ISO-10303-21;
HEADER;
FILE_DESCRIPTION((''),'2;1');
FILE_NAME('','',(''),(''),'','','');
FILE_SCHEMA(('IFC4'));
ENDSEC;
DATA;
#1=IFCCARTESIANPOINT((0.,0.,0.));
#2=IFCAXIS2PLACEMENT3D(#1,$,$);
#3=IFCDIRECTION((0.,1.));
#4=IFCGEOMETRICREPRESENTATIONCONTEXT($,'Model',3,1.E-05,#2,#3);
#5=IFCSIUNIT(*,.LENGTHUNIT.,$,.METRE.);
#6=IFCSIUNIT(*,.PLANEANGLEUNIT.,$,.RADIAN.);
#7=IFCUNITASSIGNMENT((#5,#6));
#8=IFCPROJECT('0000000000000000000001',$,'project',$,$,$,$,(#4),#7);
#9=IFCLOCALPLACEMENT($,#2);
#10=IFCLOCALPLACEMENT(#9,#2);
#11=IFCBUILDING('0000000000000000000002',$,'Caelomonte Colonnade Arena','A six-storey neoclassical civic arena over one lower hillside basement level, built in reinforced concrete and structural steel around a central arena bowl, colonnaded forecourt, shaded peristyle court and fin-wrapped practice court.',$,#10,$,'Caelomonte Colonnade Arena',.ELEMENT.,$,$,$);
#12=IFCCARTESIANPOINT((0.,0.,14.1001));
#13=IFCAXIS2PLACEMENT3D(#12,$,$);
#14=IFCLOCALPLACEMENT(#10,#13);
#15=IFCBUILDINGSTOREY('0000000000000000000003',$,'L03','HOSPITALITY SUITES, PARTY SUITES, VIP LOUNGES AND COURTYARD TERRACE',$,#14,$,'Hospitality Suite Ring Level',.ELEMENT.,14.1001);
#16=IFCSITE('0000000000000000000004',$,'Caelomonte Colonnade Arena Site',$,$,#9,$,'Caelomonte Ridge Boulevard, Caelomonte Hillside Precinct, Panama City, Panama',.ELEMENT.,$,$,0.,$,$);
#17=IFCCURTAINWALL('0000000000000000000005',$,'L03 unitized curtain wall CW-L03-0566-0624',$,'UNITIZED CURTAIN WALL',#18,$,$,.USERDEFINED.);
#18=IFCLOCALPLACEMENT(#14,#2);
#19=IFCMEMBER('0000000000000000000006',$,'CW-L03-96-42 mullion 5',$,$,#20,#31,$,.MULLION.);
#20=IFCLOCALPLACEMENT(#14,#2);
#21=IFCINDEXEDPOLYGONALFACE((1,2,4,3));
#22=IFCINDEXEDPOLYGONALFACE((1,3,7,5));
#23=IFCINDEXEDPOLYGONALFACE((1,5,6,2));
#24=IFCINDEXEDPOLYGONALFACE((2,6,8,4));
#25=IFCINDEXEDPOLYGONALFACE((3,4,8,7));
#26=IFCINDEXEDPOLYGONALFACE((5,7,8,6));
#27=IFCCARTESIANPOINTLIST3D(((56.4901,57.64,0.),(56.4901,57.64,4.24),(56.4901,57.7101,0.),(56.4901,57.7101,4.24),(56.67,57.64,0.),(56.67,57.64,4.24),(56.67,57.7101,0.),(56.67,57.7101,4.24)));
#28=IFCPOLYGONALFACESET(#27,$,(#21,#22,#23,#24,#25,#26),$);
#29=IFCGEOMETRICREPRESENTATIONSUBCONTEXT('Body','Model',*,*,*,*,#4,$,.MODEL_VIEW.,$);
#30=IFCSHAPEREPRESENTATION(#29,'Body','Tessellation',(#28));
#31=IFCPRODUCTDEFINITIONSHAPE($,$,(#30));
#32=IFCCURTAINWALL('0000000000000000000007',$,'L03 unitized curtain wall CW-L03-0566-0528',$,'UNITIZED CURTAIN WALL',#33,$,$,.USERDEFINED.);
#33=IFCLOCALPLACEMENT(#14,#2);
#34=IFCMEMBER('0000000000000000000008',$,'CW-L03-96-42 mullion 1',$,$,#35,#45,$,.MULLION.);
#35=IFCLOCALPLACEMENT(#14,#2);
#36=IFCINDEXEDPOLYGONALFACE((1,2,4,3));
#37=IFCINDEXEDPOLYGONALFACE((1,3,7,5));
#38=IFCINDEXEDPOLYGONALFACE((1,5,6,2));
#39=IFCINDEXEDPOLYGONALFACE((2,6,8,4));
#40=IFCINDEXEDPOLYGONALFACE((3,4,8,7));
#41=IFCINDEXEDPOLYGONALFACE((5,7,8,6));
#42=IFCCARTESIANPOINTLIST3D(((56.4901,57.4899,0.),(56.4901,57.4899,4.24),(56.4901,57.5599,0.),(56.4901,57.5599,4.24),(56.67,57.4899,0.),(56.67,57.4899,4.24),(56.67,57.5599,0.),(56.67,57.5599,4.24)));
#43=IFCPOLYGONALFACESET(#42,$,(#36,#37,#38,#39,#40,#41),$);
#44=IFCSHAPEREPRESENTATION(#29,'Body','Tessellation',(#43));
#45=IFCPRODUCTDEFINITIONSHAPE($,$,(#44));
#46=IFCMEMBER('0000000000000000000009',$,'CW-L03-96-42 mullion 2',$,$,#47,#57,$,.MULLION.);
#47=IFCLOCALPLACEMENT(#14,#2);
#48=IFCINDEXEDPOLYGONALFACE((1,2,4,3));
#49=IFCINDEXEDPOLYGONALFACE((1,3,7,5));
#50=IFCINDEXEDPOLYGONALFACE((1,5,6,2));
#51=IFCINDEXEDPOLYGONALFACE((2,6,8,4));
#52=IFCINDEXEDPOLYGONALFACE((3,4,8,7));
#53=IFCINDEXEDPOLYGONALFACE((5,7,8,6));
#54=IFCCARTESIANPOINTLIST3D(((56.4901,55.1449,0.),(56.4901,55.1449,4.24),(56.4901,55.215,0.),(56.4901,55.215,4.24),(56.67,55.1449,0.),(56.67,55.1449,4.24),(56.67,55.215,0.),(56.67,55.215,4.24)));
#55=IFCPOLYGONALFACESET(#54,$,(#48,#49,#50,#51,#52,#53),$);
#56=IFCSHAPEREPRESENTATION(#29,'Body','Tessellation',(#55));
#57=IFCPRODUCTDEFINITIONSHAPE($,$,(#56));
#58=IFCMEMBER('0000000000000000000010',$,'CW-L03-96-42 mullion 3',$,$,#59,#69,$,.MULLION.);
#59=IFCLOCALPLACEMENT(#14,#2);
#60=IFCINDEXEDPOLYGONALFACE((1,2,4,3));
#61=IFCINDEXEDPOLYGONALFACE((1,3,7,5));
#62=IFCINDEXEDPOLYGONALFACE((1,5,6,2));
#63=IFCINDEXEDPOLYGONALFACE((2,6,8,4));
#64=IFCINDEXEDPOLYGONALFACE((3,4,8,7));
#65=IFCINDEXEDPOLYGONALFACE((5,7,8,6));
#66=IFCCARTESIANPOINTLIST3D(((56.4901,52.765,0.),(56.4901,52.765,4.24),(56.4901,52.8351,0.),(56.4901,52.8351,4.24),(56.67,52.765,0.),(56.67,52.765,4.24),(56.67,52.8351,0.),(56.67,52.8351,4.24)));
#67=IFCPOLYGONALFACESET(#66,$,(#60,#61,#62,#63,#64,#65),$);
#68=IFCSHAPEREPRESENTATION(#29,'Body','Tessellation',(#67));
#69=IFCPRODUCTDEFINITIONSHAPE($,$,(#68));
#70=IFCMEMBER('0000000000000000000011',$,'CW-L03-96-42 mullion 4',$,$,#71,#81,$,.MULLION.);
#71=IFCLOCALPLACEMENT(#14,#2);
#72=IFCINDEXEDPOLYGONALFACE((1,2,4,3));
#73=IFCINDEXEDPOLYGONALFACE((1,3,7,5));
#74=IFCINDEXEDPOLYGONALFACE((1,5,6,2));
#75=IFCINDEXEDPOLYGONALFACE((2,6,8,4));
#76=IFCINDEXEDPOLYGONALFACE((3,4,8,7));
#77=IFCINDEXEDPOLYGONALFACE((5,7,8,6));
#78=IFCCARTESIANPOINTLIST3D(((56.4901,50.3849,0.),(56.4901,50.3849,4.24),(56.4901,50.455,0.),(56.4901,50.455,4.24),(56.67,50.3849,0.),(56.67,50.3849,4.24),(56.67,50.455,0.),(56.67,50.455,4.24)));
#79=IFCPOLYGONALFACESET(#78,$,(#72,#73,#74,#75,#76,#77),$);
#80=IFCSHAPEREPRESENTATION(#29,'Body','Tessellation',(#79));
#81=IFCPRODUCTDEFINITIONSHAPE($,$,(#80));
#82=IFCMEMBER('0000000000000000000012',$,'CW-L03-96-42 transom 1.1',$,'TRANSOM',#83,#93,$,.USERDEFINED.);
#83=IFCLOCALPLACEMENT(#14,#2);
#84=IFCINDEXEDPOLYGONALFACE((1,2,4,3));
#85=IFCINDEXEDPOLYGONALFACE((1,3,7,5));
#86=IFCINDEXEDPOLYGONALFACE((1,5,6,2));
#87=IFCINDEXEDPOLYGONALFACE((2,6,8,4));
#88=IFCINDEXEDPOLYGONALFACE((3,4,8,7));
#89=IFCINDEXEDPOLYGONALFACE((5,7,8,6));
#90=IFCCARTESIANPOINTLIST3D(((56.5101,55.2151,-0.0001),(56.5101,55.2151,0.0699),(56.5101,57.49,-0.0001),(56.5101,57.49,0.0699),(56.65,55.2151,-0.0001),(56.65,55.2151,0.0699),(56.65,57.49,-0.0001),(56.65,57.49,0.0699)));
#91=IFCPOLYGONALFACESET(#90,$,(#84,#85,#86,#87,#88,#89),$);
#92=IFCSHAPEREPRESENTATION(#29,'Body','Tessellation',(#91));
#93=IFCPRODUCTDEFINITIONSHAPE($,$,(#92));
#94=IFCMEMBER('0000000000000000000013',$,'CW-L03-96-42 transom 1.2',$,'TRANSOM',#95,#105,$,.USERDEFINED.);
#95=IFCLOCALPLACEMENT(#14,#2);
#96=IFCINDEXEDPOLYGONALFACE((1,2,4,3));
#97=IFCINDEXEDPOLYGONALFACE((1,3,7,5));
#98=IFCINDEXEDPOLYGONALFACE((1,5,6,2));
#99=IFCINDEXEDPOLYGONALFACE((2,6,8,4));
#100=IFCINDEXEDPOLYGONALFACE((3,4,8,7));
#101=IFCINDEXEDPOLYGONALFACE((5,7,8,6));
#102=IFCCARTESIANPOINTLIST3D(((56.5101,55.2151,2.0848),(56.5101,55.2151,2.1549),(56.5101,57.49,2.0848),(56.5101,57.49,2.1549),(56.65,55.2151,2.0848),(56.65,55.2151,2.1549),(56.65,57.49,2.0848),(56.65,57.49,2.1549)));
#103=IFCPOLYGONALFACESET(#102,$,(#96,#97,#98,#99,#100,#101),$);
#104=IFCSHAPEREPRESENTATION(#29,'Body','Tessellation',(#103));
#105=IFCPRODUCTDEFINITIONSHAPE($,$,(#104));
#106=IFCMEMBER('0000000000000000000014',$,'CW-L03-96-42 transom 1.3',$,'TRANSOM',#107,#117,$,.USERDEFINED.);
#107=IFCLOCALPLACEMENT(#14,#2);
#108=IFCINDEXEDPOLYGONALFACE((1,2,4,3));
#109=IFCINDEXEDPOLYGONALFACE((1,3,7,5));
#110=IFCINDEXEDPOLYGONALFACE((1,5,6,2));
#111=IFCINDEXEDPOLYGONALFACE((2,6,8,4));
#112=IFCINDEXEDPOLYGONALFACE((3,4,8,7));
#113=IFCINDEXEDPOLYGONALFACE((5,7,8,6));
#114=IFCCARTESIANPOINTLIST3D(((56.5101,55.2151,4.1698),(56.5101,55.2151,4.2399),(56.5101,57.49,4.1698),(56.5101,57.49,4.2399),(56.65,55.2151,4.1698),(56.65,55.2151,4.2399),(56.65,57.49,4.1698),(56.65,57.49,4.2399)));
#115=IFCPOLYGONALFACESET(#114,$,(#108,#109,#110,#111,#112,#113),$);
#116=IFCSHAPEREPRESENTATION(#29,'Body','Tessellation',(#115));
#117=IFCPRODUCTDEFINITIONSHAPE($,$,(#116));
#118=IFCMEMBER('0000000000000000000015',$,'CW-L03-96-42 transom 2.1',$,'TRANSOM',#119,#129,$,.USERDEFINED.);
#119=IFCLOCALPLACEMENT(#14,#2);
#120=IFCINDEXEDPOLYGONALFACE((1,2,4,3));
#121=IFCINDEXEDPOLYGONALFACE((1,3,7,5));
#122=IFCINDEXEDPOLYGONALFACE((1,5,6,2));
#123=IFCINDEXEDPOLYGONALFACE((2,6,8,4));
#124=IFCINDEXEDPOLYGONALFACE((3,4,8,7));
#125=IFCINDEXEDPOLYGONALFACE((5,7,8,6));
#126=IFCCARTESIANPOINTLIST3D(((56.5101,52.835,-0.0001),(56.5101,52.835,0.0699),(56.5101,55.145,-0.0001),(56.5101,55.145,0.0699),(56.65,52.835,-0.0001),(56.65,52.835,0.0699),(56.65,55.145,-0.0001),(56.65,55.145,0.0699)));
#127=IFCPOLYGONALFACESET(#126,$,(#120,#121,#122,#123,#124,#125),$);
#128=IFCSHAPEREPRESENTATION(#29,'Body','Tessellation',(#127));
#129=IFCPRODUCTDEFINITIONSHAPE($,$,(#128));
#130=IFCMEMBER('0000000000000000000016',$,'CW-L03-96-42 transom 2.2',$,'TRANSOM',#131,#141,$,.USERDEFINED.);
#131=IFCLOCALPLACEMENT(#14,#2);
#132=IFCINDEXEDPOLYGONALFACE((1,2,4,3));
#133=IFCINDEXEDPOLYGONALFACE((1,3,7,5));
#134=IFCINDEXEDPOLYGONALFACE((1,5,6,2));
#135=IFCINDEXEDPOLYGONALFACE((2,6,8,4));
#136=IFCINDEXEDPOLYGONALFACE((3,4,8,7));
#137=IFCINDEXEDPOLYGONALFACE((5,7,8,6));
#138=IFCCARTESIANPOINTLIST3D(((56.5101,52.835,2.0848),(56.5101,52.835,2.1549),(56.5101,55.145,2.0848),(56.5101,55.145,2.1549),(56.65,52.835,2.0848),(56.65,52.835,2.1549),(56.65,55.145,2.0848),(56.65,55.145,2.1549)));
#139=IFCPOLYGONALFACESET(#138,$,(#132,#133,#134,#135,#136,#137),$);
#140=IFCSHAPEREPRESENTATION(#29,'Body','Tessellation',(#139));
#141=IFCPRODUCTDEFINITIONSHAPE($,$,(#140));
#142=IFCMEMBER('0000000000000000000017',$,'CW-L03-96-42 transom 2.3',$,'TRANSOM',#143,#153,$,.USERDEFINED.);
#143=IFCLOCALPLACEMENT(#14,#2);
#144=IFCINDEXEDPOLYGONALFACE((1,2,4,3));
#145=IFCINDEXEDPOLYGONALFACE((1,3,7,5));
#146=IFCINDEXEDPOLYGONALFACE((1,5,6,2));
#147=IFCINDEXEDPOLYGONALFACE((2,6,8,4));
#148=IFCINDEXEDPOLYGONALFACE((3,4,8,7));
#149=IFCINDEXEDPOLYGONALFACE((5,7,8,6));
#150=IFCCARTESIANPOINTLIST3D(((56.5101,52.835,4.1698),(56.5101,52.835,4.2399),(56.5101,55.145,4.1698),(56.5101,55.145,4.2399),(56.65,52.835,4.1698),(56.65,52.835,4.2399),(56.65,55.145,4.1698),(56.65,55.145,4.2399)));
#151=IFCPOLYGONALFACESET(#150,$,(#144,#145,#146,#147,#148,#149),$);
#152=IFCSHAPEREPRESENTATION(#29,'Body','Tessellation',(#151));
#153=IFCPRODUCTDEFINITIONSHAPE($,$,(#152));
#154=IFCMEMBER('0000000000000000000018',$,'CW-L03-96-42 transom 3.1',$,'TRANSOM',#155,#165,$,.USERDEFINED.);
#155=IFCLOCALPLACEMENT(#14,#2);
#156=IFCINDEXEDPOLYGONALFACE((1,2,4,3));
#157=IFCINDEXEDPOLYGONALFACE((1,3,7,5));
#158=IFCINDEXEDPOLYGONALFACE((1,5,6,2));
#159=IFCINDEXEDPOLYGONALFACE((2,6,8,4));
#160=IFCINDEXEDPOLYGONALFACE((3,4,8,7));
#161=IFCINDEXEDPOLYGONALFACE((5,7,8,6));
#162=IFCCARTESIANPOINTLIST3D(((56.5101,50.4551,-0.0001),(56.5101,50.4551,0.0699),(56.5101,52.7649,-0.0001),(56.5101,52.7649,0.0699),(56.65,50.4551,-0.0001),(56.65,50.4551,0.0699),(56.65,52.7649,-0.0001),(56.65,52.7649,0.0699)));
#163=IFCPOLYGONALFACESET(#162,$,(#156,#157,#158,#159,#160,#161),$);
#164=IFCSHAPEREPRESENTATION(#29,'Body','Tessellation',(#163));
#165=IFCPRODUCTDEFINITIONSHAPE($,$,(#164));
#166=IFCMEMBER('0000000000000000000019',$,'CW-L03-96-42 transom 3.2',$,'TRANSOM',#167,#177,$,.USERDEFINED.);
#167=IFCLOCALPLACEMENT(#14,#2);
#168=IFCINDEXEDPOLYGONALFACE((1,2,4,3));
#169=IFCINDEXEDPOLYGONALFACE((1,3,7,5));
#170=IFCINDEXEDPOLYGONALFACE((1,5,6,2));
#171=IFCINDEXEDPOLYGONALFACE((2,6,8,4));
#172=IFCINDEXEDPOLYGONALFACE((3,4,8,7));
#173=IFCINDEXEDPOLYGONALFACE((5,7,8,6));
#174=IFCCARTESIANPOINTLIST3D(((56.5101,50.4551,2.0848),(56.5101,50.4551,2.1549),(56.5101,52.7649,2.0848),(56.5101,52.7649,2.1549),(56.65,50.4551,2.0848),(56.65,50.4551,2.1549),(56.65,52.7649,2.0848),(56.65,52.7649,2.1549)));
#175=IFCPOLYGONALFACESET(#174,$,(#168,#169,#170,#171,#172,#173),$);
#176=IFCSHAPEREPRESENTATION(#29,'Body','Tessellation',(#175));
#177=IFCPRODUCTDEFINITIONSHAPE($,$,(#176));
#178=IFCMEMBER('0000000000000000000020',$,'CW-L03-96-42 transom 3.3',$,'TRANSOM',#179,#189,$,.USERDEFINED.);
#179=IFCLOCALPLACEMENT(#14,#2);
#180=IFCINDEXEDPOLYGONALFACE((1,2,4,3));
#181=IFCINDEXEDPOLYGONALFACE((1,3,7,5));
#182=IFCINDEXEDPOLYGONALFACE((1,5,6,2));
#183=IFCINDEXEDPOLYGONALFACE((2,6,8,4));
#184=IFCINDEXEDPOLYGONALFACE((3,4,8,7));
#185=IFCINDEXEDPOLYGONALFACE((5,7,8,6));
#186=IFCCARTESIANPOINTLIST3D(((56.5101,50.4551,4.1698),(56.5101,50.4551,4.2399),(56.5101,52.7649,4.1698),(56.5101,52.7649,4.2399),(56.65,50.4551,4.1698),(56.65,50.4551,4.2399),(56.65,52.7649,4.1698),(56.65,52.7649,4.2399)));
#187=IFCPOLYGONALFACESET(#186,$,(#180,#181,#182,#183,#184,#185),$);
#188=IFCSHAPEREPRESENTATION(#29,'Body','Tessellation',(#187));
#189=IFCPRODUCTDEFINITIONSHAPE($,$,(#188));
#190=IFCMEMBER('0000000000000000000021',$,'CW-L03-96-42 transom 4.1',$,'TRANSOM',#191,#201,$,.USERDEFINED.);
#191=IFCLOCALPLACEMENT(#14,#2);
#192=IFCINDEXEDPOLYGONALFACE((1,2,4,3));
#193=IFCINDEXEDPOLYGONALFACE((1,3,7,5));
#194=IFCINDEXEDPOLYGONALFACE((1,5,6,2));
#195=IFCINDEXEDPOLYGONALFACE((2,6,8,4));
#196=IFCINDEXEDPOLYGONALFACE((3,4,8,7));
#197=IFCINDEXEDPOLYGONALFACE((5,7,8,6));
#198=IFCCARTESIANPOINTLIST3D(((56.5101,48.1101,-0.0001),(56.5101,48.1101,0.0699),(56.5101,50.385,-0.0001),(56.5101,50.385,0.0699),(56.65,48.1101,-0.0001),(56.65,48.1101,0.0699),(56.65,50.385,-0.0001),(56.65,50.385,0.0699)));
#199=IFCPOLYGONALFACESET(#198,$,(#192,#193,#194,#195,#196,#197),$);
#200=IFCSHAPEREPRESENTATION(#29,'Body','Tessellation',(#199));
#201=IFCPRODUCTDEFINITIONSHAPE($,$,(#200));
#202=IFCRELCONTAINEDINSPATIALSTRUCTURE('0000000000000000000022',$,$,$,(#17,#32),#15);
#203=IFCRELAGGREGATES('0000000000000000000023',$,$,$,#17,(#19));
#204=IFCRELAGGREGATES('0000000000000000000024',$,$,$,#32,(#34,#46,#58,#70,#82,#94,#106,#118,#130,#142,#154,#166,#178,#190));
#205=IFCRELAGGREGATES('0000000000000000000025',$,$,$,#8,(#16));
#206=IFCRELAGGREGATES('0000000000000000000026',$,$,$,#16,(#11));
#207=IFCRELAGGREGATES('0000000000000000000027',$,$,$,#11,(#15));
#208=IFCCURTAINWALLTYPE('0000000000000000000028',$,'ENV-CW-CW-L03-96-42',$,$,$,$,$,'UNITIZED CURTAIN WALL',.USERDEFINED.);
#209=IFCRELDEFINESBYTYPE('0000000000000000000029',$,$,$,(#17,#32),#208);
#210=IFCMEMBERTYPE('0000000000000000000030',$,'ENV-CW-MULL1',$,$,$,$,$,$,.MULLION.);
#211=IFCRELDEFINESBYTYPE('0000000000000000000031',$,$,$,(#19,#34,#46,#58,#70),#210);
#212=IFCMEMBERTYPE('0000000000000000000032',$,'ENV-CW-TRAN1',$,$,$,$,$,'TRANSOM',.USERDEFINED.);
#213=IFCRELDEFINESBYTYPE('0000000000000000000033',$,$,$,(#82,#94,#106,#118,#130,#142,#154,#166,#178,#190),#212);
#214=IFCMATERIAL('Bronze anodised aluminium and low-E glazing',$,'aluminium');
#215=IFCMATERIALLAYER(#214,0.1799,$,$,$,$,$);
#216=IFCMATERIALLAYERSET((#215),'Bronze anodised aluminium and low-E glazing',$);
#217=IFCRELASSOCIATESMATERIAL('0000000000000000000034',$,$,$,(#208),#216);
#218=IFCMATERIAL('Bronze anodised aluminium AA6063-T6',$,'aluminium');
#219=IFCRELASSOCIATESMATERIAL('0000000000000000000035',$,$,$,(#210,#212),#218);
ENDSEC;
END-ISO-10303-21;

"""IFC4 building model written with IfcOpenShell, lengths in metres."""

from ifc_helpers import new_model, si_unit, direction, frame, origin, origin_2d, place, context, subcontext, project, spatial, rectangle, extrude, material, layer, layer_set, material_profile, profile_set, type_object, element, aggregate, save


model = new_model("IFC4")

# Units and contexts
model_context = context("Model", 3, precision=1e-05, world=origin(), true_north=direction((0.0, 1.0)))
body_context = subcontext(model_context, "Body", "Model", "MODEL_VIEW")
ifc_project = project(units=[si_unit("LENGTHUNIT", "METRE"), si_unit("PLANEANGLEUNIT", "RADIAN")], contexts=[model_context])

# Site, building, storey
site_placement = place(None, origin())
site = spatial("IfcSite", under=ifc_project, at=site_placement, Name="Caelomonte Colonnade Arena Site", LongName="Caelomonte Ridge Boulevard, Caelomonte Hillside Precinct, Panama City, Panama", CompositionType="ELEMENT", RefElevation=0.0)
building_placement = place(site_placement, origin())
building = spatial("IfcBuilding", under=site, at=building_placement, Name="Caelomonte Colonnade Arena", Description="A six-storey neoclassical civic arena over one lower hillside basement level, built in reinforced concrete and structural steel around a central arena bowl, colonnaded forecourt, shaded peristyle court and fin-wrapped practice court.", LongName="Caelomonte Colonnade Arena", CompositionType="ELEMENT")
storey_placement = place(building_placement, frame((0.0, 0.0, 14.1001)))
storey = spatial("IfcBuildingStorey", under=building, at=storey_placement, Name="L03", Description="HOSPITALITY SUITES, PARTY SUITES, VIP LOUNGES AND COURTYARD TERRACE", LongName="Hospitality Suite Ring Level", CompositionType="ELEMENT", Elevation=14.1001)

# Curtain wall, member
ifc_material_1 = material(Name="Bronze anodised aluminium and low-E glazing", Category="aluminium")
ifc_layer_1 = layer(ifc_material_1, 0.1799)
ifc_layer_set_1 = layer_set([ifc_layer_1], Name="Bronze anodised aluminium and low-E glazing")
curtain_wall_type = type_object("IfcCurtainWallType", Name="ENV-CW-CW-L03-96-42", ElementType="UNITIZED CURTAIN WALL", PredefinedType="USERDEFINED", material=ifc_layer_set_1)
curtain_wall_1_placement = place(storey_placement, origin())
curtain_wall_1 = element("IfcCurtainWall", 1, at=curtain_wall_1_placement, inside=storey, type_object=curtain_wall_type, Name="L03 unitized curtain wall CW-L03-0566-0624", ObjectType="UNITIZED CURTAIN WALL", PredefinedType="USERDEFINED")
ifc_material_2 = material(Name="Bronze anodised aluminium AA6063-T6", Category="aluminium")
ifc_material_profile_1 = material_profile(ifc_material_2, rectangle(XDim=0.0701, YDim=0.1799, at=origin_2d()), Name="CWM-70X180")
ifc_profile_set_1 = profile_set([ifc_material_profile_1], Name="Bronze anodised aluminium AA6063-T6")
member_type_1 = type_object("IfcMemberType", Name="ENV-CW-MULL1", PredefinedType="MULLION", material=ifc_profile_set_1)
member_1_placement = place(storey_placement, frame((56.5801, 57.675, 0.0), z_axis=(0.0, 0.0, 1.0), x_axis=(0.0, -1.0, 0.0)))
member_1 = element("IfcMember", 2, at=member_1_placement, type_object=member_type_1, Name="CW-L03-96-42 mullion 5", PredefinedType="MULLION", context=body_context, shape_type="SweptSolid", body=[
    extrude(rectangle(XDim=0.0701, YDim=0.1799, at=origin_2d()), origin(), (0.0, 0.0, 1.0), 4.24),
])
aggregate(curtain_wall_1, [member_1])

# Curtain wall, members
curtain_wall_2_placement = place(storey_placement, origin())
curtain_wall_2 = element("IfcCurtainWall", 3, at=curtain_wall_2_placement, inside=storey, type_object=curtain_wall_type, Name="L03 unitized curtain wall CW-L03-0566-0528", ObjectType="UNITIZED CURTAIN WALL", PredefinedType="USERDEFINED")
member_2_placement = place(storey_placement, frame((56.5801, 57.5249, 0.0), z_axis=(0.0, 0.0, 1.0), x_axis=(0.0, -1.0, 0.0)))
member_2 = element("IfcMember", 4, at=member_2_placement, type_object=member_type_1, Name="CW-L03-96-42 mullion 1", PredefinedType="MULLION", context=body_context, shape_type="SweptSolid", body=[
    extrude(rectangle(XDim=0.0701, YDim=0.1799, at=origin_2d()), origin(), (0.0, 0.0, 1.0), 4.24),
])
member_3_placement = place(storey_placement, frame((56.5801, 55.1799, 0.0), z_axis=(0.0, 0.0, 1.0), x_axis=(0.0, -1.0, 0.0)))
member_3 = element("IfcMember", 5, at=member_3_placement, type_object=member_type_1, Name="CW-L03-96-42 mullion 2", PredefinedType="MULLION", context=body_context, shape_type="SweptSolid", body=[
    extrude(rectangle(XDim=0.0701, YDim=0.1799, at=origin_2d()), origin(), (0.0, 0.0, 1.0), 4.24),
])
member_4_placement = place(storey_placement, frame((56.5801, 52.8, 0.0), z_axis=(0.0, 0.0, 1.0), x_axis=(0.0, -1.0, 0.0)))
member_4 = element("IfcMember", 6, at=member_4_placement, type_object=member_type_1, Name="CW-L03-96-42 mullion 3", PredefinedType="MULLION", context=body_context, shape_type="SweptSolid", body=[
    extrude(rectangle(XDim=0.0701, YDim=0.1799, at=origin_2d()), origin(), (0.0, 0.0, 1.0), 4.24),
])
member_5_placement = place(storey_placement, frame((56.5801, 50.4199, 0.0), z_axis=(0.0, 0.0, 1.0), x_axis=(0.0, -1.0, 0.0)))
member_5 = element("IfcMember", 7, at=member_5_placement, type_object=member_type_1, Name="CW-L03-96-42 mullion 4", PredefinedType="MULLION", context=body_context, shape_type="SweptSolid", body=[
    extrude(rectangle(XDim=0.0701, YDim=0.1799, at=origin_2d()), origin(), (0.0, 0.0, 1.0), 4.24),
])
ifc_material_profile_2 = material_profile(ifc_material_2, rectangle(XDim=0.0701, YDim=0.1399, at=origin_2d()), Name="CWT-70X140")
ifc_profile_set_2 = profile_set([ifc_material_profile_2], Name="Bronze anodised aluminium AA6063-T6")
member_type_2 = type_object("IfcMemberType", Name="ENV-CW-TRAN1", ElementType="TRANSOM", PredefinedType="USERDEFINED", material=ifc_profile_set_2)
member_6_placement = place(storey_placement, frame((56.5801, 57.49, 0.0349), z_axis=(0.0, -1.0, 0.0), x_axis=(0.0, 0.0, 1.0)))
member_6 = element("IfcMember", 8, at=member_6_placement, type_object=member_type_2, Name="CW-L03-96-42 transom 1.1", ObjectType="TRANSOM", PredefinedType="USERDEFINED", context=body_context, shape_type="SweptSolid", body=[
    extrude(rectangle(XDim=0.0701, YDim=0.1399, at=origin_2d()), origin(), (0.0, 0.0, 1.0), 2.2749),
])
member_7_placement = place(storey_placement, frame((56.5801, 57.49, 2.1199), z_axis=(0.0, -1.0, 0.0), x_axis=(0.0, 0.0, 1.0)))
member_7 = element("IfcMember", 9, at=member_7_placement, type_object=member_type_2, Name="CW-L03-96-42 transom 1.2", ObjectType="TRANSOM", PredefinedType="USERDEFINED", context=body_context, shape_type="SweptSolid", body=[
    extrude(rectangle(XDim=0.0701, YDim=0.1399, at=origin_2d()), origin(), (0.0, 0.0, 1.0), 2.2749),
])
member_8_placement = place(storey_placement, frame((56.5801, 57.49, 4.2048), z_axis=(0.0, -1.0, 0.0), x_axis=(0.0, 0.0, 1.0)))
member_8 = element("IfcMember", 10, at=member_8_placement, type_object=member_type_2, Name="CW-L03-96-42 transom 1.3", ObjectType="TRANSOM", PredefinedType="USERDEFINED", context=body_context, shape_type="SweptSolid", body=[
    extrude(rectangle(XDim=0.0701, YDim=0.1399, at=origin_2d()), origin(), (0.0, 0.0, 1.0), 2.2749),
])
member_9_placement = place(storey_placement, frame((56.5801, 55.145, 0.0349), z_axis=(0.0, -1.0, 0.0), x_axis=(0.0, 0.0, 1.0)))
member_9 = element("IfcMember", 11, at=member_9_placement, type_object=member_type_2, Name="CW-L03-96-42 transom 2.1", ObjectType="TRANSOM", PredefinedType="USERDEFINED", context=body_context, shape_type="SweptSolid", body=[
    extrude(rectangle(XDim=0.0701, YDim=0.1399, at=origin_2d()), origin(), (0.0, 0.0, 1.0), 2.3101),
])
member_10_placement = place(storey_placement, frame((56.5801, 55.145, 2.1199), z_axis=(0.0, -1.0, 0.0), x_axis=(0.0, 0.0, 1.0)))
member_10 = element("IfcMember", 12, at=member_10_placement, type_object=member_type_2, Name="CW-L03-96-42 transom 2.2", ObjectType="TRANSOM", PredefinedType="USERDEFINED", context=body_context, shape_type="SweptSolid", body=[
    extrude(rectangle(XDim=0.0701, YDim=0.1399, at=origin_2d()), origin(), (0.0, 0.0, 1.0), 2.3101),
])
member_11_placement = place(storey_placement, frame((56.5801, 55.145, 4.2048), z_axis=(0.0, -1.0, 0.0), x_axis=(0.0, 0.0, 1.0)))
member_11 = element("IfcMember", 13, at=member_11_placement, type_object=member_type_2, Name="CW-L03-96-42 transom 2.3", ObjectType="TRANSOM", PredefinedType="USERDEFINED", context=body_context, shape_type="SweptSolid", body=[
    extrude(rectangle(XDim=0.0701, YDim=0.1399, at=origin_2d()), origin(), (0.0, 0.0, 1.0), 2.3101),
])
member_12_placement = place(storey_placement, frame((56.5801, 52.7649, 0.0349), z_axis=(0.0, -1.0, 0.0), x_axis=(0.0, 0.0, 1.0)))
member_12 = element("IfcMember", 14, at=member_12_placement, type_object=member_type_2, Name="CW-L03-96-42 transom 3.1", ObjectType="TRANSOM", PredefinedType="USERDEFINED", context=body_context, shape_type="SweptSolid", body=[
    extrude(rectangle(XDim=0.0701, YDim=0.1399, at=origin_2d()), origin(), (0.0, 0.0, 1.0), 2.3098),
])
member_13_placement = place(storey_placement, frame((56.5801, 52.7649, 2.1199), z_axis=(0.0, -1.0, 0.0), x_axis=(0.0, 0.0, 1.0)))
member_13 = element("IfcMember", 15, at=member_13_placement, type_object=member_type_2, Name="CW-L03-96-42 transom 3.2", ObjectType="TRANSOM", PredefinedType="USERDEFINED", context=body_context, shape_type="SweptSolid", body=[
    extrude(rectangle(XDim=0.0701, YDim=0.1399, at=origin_2d()), origin(), (0.0, 0.0, 1.0), 2.3098),
])
member_14_placement = place(storey_placement, frame((56.5801, 52.7649, 4.2048), z_axis=(0.0, -1.0, 0.0), x_axis=(0.0, 0.0, 1.0)))
member_14 = element("IfcMember", 16, at=member_14_placement, type_object=member_type_2, Name="CW-L03-96-42 transom 3.3", ObjectType="TRANSOM", PredefinedType="USERDEFINED", context=body_context, shape_type="SweptSolid", body=[
    extrude(rectangle(XDim=0.0701, YDim=0.1399, at=origin_2d()), origin(), (0.0, 0.0, 1.0), 2.3098),
])
member_15_placement = place(storey_placement, frame((56.5801, 50.385, 0.0349), z_axis=(0.0, -1.0, 0.0), x_axis=(0.0, 0.0, 1.0)))
member_15 = element("IfcMember", 17, at=member_15_placement, type_object=member_type_2, Name="CW-L03-96-42 transom 4.1", ObjectType="TRANSOM", PredefinedType="USERDEFINED", context=body_context, shape_type="SweptSolid", body=[
    extrude(rectangle(XDim=0.0701, YDim=0.1399, at=origin_2d()), origin(), (0.0, 0.0, 1.0), 2.2749),
])
aggregate(curtain_wall_2, [member_2, member_3, member_4, member_5, member_6, member_7, member_8, member_9, member_10, member_11, member_12, member_13, member_14, member_15])

save(model, "model.ifc")
